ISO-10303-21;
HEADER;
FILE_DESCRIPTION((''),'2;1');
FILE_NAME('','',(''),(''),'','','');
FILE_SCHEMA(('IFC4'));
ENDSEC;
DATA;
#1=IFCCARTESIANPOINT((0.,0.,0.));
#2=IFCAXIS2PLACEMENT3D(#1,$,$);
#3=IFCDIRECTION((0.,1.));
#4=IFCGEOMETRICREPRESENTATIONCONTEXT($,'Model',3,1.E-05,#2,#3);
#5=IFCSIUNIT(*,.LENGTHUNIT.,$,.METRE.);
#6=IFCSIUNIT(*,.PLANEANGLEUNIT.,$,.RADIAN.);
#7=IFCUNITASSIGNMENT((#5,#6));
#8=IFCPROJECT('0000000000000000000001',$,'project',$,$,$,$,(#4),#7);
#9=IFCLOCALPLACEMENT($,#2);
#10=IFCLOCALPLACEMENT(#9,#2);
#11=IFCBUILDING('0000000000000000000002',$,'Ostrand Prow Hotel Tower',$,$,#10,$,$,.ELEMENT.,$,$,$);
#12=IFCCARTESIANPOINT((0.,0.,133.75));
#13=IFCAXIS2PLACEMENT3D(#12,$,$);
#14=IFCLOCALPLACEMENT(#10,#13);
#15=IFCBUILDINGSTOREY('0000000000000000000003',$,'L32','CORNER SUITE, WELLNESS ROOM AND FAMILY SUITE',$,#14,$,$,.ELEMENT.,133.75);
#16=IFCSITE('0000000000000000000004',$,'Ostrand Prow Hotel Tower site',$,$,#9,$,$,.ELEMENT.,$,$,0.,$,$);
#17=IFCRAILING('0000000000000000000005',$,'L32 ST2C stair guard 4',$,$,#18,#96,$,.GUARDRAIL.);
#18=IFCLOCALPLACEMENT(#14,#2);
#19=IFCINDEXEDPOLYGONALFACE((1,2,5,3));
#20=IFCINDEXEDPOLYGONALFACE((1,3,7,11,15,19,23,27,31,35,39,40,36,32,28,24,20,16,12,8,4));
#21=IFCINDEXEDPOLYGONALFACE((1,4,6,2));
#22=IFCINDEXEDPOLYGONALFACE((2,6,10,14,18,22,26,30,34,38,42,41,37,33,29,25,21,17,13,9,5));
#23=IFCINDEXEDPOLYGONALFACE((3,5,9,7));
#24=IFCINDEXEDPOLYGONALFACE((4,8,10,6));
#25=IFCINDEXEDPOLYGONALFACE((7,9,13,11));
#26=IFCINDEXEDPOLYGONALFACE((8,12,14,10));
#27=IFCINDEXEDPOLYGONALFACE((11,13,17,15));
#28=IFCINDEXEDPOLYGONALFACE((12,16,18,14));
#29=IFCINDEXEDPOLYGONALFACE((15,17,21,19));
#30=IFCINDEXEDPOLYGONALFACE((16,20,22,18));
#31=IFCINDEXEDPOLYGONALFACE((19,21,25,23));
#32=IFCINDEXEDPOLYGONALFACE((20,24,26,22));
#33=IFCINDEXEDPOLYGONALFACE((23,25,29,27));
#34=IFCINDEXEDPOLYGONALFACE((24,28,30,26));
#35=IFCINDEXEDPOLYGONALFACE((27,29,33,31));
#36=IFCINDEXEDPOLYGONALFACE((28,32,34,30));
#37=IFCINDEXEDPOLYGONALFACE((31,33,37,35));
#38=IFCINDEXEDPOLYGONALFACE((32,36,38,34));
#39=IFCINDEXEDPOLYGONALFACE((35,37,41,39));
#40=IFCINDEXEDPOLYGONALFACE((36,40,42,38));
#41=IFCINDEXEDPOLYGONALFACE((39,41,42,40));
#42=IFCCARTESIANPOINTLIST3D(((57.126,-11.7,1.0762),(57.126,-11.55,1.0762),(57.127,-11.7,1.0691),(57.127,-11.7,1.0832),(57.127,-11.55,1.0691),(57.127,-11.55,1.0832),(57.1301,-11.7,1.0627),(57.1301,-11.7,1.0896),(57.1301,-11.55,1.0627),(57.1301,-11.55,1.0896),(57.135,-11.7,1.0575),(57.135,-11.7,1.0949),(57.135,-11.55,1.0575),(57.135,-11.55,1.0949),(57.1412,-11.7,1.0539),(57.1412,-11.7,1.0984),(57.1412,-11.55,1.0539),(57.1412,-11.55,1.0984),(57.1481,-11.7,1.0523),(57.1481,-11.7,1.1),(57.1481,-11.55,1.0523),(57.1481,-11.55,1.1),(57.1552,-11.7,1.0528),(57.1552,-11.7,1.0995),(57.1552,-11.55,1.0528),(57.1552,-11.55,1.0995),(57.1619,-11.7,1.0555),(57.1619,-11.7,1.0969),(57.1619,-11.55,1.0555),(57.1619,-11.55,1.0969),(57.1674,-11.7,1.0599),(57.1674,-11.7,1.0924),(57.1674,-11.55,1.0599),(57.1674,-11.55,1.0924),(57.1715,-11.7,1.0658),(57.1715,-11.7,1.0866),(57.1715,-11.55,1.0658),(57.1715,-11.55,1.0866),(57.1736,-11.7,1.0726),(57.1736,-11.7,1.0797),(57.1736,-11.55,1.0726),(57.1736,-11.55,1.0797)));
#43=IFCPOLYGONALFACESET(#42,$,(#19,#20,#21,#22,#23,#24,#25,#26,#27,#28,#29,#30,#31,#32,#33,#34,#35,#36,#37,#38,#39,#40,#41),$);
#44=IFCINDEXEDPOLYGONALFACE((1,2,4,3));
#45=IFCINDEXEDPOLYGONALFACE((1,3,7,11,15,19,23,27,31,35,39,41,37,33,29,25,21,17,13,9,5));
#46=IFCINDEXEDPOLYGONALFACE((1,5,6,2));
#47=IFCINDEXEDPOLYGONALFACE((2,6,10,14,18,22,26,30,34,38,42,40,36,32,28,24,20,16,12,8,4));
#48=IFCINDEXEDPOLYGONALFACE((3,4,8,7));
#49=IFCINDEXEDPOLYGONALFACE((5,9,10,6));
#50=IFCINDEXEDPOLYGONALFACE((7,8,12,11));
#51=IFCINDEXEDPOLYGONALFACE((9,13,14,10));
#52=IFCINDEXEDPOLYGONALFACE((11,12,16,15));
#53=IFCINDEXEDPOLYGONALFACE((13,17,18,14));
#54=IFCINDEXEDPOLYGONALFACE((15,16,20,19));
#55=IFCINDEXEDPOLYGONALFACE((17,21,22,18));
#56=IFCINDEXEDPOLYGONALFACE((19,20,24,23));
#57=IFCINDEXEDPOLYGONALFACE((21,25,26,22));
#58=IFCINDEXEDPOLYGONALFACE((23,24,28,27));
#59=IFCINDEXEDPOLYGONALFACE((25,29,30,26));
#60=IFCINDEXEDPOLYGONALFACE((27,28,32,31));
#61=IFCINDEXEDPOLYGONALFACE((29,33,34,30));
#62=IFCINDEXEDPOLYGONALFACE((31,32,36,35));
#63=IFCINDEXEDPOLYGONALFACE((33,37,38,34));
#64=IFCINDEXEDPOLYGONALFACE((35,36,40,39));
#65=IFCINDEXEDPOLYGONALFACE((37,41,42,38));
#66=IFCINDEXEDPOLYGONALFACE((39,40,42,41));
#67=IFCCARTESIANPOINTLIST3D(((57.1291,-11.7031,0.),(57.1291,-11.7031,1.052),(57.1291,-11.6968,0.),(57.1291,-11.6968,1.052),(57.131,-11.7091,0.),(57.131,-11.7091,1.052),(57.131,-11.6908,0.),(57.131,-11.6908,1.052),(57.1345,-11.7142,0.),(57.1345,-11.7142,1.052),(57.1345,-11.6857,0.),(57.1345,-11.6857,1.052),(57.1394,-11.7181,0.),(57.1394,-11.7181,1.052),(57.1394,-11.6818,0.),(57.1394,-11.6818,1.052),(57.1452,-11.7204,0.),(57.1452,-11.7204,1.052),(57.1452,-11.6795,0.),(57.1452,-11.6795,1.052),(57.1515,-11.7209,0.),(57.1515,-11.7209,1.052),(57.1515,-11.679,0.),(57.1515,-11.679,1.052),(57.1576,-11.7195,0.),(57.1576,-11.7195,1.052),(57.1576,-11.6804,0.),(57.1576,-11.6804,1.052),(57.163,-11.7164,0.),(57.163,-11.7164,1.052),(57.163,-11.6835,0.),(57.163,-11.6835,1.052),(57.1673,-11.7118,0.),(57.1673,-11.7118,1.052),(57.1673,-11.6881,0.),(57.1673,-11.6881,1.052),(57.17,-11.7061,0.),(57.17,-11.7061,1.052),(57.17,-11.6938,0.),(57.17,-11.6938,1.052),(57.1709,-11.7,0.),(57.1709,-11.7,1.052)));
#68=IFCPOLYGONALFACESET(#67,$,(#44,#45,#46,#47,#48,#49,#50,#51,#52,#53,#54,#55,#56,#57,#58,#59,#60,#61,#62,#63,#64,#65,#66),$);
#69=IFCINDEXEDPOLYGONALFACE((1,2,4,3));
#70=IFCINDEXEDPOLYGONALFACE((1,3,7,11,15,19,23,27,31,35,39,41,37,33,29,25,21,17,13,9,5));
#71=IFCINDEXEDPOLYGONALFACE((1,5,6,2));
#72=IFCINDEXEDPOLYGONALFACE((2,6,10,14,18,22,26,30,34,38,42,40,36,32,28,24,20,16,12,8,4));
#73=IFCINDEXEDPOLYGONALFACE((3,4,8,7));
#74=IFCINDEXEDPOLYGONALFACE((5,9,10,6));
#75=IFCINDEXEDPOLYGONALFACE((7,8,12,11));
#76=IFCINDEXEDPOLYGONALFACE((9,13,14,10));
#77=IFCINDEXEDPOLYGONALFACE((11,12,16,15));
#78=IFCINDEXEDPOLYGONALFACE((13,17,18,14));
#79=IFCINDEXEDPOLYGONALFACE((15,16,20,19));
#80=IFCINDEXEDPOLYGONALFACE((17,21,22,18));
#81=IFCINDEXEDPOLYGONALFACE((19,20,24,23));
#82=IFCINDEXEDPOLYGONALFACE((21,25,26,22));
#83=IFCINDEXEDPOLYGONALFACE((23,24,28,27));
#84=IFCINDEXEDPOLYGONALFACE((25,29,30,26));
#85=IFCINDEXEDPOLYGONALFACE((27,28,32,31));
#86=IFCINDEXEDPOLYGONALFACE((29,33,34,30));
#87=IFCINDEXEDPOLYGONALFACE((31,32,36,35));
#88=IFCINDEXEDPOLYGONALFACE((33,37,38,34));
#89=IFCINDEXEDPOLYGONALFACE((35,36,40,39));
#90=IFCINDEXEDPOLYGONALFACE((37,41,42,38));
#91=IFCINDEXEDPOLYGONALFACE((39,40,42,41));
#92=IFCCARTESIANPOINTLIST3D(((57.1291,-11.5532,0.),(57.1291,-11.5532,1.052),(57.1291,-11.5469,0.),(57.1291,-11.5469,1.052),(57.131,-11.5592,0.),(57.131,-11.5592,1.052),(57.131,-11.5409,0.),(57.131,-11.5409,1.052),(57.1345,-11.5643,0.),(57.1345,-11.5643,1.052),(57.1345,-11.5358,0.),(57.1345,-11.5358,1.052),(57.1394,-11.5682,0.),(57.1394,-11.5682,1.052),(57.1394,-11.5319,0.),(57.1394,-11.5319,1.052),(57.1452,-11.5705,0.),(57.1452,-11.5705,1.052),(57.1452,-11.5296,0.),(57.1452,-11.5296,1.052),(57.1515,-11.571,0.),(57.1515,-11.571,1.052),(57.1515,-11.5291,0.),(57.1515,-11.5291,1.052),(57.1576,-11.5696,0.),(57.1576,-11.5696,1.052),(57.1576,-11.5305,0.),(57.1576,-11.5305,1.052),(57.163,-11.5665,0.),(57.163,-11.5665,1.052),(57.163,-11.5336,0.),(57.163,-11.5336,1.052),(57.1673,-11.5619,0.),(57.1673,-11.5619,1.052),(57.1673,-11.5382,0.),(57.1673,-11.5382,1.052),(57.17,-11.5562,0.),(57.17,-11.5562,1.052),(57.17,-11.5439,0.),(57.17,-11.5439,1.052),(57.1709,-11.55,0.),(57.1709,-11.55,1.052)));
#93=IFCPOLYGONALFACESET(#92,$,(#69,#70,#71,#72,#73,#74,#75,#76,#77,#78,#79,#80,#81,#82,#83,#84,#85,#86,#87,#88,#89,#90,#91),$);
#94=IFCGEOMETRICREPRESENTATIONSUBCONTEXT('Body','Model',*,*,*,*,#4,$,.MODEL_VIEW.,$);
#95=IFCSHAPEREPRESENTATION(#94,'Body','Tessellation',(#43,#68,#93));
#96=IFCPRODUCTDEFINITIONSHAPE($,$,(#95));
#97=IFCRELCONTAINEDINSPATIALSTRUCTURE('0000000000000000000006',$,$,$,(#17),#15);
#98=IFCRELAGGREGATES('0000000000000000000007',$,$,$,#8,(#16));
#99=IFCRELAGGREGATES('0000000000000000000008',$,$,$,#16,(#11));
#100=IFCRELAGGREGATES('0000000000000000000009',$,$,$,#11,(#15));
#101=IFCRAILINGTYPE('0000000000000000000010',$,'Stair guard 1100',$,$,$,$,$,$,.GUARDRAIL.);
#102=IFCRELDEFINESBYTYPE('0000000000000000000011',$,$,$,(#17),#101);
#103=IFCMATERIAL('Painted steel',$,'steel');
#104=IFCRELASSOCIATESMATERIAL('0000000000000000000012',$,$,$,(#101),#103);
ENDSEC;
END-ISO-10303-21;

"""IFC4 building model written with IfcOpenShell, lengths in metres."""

from ifc_helpers import new_model, si_unit, direction, frame, origin, origin_2d, place, context, subcontext, project, spatial, circle, extrude, material, type_object, element, save


model = new_model("IFC4")

# Units and contexts
model_context = context("Model", 3, precision=1e-05, world=origin(), true_north=direction((0.0, 1.0)))
body_context = subcontext(model_context, "Body", "Model", "MODEL_VIEW")
ifc_project = project(units=[si_unit("LENGTHUNIT", "METRE"), si_unit("PLANEANGLEUNIT", "RADIAN")], contexts=[model_context])

# Site, building, storey
site_placement = place(None, origin())
site = spatial("IfcSite", under=ifc_project, at=site_placement, Name="Ostrand Prow Hotel Tower site", CompositionType="ELEMENT", RefElevation=0.0)
building_placement = place(site_placement, origin())
building = spatial("IfcBuilding", under=site, at=building_placement, Name="Ostrand Prow Hotel Tower", CompositionType="ELEMENT")
storey_placement = place(building_placement, frame((0.0, 0.0, 133.75)))
storey = spatial("IfcBuildingStorey", under=building, at=storey_placement, Name="L32", Description="CORNER SUITE, WELLNESS ROOM AND FAMILY SUITE", CompositionType="ELEMENT", Elevation=133.75)

# Railing
ifc_material_1 = material(Name="Painted steel", Category="steel")
railing_type_1 = type_object("IfcRailingType", Name="Stair guard 1100", PredefinedType="GUARDRAIL", material=ifc_material_1)
railing_1_placement = place(storey_placement, frame((57.1499, -11.7, 0.0)))
element("IfcRailing", 1, at=railing_1_placement, inside=storey, type_object=railing_type_1, Name="L32 ST2C stair guard 4", PredefinedType="GUARDRAIL", context=body_context, shape_type="SweptSolid", body=[
    extrude(circle(Radius=0.0239, at=origin_2d()), frame((0.0, 0.0, 1.0762), z_axis=(0.0, 1.0, 0.0), x_axis=(-1.0, 0.0, 0.0)), (0.0, 0.0, 1.0), 0.1499),
    extrude(circle(Radius=0.021, at=origin_2d()), origin(), (0.0, 0.0, 1.0), 1.052),
    extrude(circle(Radius=0.021, at=origin_2d()), frame((0.0, 0.1499, 0.0)), (0.0, 0.0, 1.0), 1.052),
])

save(model, "model.ifc")
